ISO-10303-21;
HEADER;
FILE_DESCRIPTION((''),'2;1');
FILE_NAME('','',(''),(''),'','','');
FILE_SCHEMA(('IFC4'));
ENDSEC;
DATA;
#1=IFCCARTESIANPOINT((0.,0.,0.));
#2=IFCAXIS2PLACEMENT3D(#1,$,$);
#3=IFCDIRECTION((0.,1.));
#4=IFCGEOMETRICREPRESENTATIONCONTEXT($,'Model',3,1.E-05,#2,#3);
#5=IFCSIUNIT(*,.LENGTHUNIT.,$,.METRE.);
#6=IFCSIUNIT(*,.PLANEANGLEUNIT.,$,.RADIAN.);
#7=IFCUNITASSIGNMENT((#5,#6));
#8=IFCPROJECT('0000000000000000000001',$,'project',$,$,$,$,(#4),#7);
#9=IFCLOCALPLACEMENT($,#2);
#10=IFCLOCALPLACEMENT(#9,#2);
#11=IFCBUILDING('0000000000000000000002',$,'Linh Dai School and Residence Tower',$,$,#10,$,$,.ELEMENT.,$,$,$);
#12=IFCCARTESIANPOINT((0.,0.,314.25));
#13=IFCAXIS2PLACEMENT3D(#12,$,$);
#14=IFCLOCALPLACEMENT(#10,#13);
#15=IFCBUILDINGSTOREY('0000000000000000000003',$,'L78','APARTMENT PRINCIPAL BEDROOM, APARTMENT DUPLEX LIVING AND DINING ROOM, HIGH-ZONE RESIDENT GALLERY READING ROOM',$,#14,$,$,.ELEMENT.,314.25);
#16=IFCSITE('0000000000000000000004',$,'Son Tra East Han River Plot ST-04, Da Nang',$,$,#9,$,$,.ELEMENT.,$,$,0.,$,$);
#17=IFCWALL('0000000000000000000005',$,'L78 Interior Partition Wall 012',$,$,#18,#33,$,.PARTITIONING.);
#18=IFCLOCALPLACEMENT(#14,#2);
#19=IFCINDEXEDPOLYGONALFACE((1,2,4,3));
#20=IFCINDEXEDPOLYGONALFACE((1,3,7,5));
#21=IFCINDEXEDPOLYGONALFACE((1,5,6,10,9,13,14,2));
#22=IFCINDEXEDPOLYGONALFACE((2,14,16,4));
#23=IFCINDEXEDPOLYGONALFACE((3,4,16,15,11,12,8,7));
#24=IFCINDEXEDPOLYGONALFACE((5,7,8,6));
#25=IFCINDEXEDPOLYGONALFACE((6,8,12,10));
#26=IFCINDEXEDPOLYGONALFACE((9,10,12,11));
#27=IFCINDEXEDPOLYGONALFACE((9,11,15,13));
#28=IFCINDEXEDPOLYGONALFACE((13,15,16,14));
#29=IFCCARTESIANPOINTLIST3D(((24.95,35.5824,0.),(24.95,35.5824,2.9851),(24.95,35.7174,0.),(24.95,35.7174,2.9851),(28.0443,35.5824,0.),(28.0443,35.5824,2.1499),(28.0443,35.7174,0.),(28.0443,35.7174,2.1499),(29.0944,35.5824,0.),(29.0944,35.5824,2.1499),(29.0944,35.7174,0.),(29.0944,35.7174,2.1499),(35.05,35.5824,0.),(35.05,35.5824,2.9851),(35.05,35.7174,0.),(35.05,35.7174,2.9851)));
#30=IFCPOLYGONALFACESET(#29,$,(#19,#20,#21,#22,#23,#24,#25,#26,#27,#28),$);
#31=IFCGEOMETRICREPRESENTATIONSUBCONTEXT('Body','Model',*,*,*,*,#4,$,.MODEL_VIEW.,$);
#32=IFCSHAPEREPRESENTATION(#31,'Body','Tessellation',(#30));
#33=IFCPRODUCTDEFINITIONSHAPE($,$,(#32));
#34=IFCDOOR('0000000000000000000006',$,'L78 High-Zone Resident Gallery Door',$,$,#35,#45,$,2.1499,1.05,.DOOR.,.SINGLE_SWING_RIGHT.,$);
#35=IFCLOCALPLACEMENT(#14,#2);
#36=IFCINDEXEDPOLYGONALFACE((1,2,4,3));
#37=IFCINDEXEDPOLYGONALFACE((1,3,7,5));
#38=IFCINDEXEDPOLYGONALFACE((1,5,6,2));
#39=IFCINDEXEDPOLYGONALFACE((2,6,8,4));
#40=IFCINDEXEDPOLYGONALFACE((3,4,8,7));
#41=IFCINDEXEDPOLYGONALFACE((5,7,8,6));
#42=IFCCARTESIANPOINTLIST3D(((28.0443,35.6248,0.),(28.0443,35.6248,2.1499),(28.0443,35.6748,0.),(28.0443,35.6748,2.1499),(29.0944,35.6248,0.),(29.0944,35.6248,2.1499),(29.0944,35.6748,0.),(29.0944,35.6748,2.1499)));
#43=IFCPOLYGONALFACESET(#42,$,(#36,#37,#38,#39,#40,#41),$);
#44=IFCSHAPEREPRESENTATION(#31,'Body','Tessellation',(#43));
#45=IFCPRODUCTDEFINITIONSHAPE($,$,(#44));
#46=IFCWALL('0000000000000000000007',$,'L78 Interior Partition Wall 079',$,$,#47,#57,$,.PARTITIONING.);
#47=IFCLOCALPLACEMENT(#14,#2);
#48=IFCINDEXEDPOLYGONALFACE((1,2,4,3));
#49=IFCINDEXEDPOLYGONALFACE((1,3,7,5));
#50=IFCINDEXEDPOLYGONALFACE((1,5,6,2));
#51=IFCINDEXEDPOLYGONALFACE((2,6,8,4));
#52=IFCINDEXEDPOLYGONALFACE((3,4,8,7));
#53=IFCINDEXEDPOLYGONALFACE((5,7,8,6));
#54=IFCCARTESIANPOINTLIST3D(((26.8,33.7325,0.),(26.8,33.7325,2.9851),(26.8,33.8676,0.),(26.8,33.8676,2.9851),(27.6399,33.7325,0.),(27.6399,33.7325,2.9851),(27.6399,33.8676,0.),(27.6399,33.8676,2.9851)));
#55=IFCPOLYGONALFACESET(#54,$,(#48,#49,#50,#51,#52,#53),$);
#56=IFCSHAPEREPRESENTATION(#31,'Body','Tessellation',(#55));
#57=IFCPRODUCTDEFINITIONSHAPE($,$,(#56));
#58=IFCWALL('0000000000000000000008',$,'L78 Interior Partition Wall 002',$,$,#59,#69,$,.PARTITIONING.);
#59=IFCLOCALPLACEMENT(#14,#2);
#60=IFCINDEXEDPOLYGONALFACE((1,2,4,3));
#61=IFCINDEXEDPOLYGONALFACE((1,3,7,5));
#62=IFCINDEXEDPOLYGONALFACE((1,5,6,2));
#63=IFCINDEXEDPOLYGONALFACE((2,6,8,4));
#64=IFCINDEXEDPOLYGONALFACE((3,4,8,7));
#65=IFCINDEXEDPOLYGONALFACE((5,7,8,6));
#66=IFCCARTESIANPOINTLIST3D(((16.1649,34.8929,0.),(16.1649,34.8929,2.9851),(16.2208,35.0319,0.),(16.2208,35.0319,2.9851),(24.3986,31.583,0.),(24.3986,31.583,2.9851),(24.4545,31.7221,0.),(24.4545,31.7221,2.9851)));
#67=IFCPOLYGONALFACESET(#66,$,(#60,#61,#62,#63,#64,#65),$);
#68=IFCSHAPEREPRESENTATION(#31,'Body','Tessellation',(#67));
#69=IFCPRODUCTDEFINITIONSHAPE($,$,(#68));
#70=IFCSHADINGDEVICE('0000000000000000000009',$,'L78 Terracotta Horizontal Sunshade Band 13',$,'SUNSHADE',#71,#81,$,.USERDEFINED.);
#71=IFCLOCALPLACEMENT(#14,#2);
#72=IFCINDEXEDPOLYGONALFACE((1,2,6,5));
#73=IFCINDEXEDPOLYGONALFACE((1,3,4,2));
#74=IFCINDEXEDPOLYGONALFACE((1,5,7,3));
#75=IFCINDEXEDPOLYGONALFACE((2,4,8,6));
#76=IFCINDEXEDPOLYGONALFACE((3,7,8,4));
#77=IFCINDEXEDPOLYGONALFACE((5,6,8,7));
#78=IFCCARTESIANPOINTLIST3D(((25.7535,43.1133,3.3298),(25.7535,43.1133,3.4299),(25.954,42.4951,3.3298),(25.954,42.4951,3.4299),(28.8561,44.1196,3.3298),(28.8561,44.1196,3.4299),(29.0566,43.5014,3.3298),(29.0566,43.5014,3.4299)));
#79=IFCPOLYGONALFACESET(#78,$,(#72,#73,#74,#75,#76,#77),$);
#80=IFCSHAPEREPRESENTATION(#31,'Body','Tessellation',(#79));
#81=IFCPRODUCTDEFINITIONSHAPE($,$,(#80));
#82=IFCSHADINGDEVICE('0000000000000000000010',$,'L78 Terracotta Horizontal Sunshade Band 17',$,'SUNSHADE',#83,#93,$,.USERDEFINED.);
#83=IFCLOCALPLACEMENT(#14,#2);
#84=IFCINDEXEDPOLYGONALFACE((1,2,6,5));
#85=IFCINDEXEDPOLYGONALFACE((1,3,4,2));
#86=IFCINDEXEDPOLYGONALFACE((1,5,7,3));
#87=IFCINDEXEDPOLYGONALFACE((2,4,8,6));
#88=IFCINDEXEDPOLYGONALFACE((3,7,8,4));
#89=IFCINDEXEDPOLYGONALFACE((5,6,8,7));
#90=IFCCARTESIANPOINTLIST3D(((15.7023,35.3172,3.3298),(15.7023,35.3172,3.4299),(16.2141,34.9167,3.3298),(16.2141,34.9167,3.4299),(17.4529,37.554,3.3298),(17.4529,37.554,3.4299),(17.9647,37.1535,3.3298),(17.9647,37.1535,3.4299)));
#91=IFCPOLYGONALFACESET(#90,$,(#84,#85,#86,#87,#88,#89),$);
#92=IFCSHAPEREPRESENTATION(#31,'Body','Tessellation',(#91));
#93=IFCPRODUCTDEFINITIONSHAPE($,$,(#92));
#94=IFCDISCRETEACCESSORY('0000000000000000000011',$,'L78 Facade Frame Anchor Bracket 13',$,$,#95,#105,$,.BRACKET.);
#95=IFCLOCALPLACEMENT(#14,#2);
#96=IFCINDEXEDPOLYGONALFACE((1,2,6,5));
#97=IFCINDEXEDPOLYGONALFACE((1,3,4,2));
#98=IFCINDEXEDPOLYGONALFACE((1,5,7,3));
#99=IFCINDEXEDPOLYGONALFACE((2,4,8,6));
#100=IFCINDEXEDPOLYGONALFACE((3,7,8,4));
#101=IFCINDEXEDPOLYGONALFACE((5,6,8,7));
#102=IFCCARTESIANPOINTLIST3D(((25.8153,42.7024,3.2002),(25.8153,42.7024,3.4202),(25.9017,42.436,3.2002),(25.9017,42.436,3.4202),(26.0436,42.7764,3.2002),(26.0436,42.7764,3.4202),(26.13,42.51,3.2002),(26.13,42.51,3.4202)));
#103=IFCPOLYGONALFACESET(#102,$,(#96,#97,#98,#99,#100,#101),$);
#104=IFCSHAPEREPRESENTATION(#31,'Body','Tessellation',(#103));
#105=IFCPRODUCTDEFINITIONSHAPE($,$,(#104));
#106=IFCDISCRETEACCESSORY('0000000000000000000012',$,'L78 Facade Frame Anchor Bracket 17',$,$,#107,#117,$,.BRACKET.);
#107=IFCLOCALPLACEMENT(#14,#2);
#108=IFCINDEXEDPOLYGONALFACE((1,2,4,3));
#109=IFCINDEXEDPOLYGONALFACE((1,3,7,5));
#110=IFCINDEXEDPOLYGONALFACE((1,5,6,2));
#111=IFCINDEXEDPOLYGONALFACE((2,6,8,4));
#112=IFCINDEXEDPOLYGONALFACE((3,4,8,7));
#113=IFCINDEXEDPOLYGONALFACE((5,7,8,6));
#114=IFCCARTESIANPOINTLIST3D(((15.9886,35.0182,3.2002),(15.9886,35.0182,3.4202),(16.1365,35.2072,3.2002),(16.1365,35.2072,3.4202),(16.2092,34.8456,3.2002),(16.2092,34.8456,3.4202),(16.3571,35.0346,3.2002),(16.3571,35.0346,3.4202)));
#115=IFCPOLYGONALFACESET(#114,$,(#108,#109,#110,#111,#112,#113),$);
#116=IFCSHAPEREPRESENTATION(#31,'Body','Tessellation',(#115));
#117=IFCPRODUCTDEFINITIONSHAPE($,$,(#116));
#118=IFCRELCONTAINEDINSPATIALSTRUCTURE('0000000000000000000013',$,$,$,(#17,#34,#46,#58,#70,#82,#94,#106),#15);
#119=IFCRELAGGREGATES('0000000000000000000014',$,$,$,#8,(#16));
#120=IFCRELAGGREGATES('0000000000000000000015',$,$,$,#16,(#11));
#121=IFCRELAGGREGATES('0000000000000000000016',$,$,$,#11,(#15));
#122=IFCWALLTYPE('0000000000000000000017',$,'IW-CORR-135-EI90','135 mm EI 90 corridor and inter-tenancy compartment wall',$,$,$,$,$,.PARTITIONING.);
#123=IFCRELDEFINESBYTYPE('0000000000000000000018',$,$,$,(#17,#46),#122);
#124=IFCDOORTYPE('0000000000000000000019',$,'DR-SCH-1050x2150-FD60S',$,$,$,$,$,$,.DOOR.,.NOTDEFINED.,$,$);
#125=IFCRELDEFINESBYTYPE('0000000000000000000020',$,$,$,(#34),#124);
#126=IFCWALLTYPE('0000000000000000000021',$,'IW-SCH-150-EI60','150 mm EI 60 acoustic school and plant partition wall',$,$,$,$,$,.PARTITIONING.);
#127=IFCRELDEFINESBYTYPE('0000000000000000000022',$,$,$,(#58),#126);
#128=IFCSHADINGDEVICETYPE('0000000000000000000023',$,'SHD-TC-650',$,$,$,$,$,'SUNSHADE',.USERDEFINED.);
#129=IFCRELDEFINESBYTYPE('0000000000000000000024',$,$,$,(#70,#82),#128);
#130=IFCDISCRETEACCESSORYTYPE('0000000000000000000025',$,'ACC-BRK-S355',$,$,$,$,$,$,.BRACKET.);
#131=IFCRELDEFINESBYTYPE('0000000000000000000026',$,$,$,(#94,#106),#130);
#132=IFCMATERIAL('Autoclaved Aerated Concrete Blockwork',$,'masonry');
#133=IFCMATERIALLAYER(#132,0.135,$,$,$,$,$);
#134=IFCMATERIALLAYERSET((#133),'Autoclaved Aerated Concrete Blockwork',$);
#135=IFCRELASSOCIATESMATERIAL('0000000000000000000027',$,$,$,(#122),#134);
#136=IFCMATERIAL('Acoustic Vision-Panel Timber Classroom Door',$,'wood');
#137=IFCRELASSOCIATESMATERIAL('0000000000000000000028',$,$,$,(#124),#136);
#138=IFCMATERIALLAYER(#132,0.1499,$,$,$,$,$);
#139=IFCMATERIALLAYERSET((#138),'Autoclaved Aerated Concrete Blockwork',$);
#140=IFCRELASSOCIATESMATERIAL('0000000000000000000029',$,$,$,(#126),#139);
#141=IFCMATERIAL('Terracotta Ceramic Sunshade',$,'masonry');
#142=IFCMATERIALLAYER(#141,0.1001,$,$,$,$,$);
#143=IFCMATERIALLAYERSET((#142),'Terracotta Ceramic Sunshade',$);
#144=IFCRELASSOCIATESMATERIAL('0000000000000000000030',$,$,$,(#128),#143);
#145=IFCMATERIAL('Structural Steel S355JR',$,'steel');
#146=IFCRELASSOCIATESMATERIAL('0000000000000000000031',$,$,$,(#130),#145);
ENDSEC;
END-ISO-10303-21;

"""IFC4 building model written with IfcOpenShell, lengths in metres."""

from ifc_helpers import new_model, si_unit, direction, frame, frame_2d, origin, origin_2d, place, context, subcontext, project, spatial, rectangle, extrude, source, transform, mapped, material, layer, layer_set, type_object, element, fill, save


model = new_model("IFC4")

# Units and contexts
model_context = context("Model", 3, precision=1e-05, world=origin(), true_north=direction((0.0, 1.0)))
body_context = subcontext(model_context, "Body", "Model", "MODEL_VIEW")
ifc_project = project(units=[si_unit("LENGTHUNIT", "METRE"), si_unit("PLANEANGLEUNIT", "RADIAN")], contexts=[model_context])

# Site, building, storey
site_placement = place(None, origin())
site = spatial("IfcSite", under=ifc_project, at=site_placement, Name="Son Tra East Han River Plot ST-04, Da Nang", CompositionType="ELEMENT", RefElevation=0.0)
building_placement = place(site_placement, origin())
building = spatial("IfcBuilding", under=site, at=building_placement, Name="Linh Dai School and Residence Tower", CompositionType="ELEMENT")
storey_placement = place(building_placement, frame((0.0, 0.0, 314.25)))
storey = spatial("IfcBuildingStorey", under=building, at=storey_placement, Name="L78", Description="APARTMENT PRINCIPAL BEDROOM, APARTMENT DUPLEX LIVING AND DINING ROOM, HIGH-ZONE RESIDENT GALLERY READING ROOM", CompositionType="ELEMENT", Elevation=314.25)

# Shared definitions
ifc_material_1 = material(Name="Structural Steel S355JR", Category="steel")

# Wall, opening, door
ifc_material_2 = material(Name="Autoclaved Aerated Concrete Blockwork", Category="masonry")
ifc_layer_1 = layer(ifc_material_2, 0.135)
ifc_layer_set_1 = layer_set([ifc_layer_1], Name="Autoclaved Aerated Concrete Blockwork")
wall_type_1 = type_object("IfcWallType", Name="IW-CORR-135-EI90", Description="135 mm EI 90 corridor and inter-tenancy compartment wall", PredefinedType="PARTITIONING", material=ifc_layer_set_1)
wall_1_placement = place(storey_placement, frame((24.95, 35.6499, 0.0), z_axis=(0.0, 0.0, 1.0), x_axis=(1.0, 0.0, 0.0)))
wall_1 = element("IfcWall", 1, at=wall_1_placement, inside=storey, type_object=wall_type_1, Name="L78 Interior Partition Wall 012", PredefinedType="PARTITIONING", context=body_context, shape_type="SweptSolid", body=[
    extrude(rectangle(XDim=10.1001, YDim=0.135, at=frame_2d((5.05, 0.0))), origin(), (0.0, 0.0, 1.0), 2.9851),
])
opening_1_placement = place(wall_1_placement, frame((3.0945, 0.0, 0.0)))
opening_1 = element("IfcOpeningElement", 2, at=opening_1_placement, cuts=wall_1, PredefinedType="OPENING", context=body_context, shape_type="SweptSolid", body=[
    extrude(rectangle(XDim=1.05, YDim=2.1499, at=origin_2d()), frame((0.5249, 0.0776, 1.075), z_axis=(0.0, -1.0, 0.0), x_axis=(1.0, 0.0, 0.0)), (0.0, 0.0, 1.0), 0.155),
])
ifc_material_3 = material(Name="Acoustic Vision-Panel Timber Classroom Door", Category="wood")
door_type = type_object("IfcDoorType", Name="DR-SCH-1050x2150-FD60S", OperationType="NOTDEFINED", PredefinedType="DOOR", material=ifc_material_3)
shared_shape_1 = source(origin(), body_context, "Body", "SweptSolid", [
    extrude(rectangle(XDim=1.05, YDim=2.1499, at=origin_2d()), frame((0.5249, 0.0249, 1.075), z_axis=(0.0, -1.0, 0.0), x_axis=(1.0, 0.0, 0.0)), (0.0, 0.0, 1.0), 0.05),
])
door_placement = place(opening_1_placement, origin())
door = element("IfcDoor", 3, at=door_placement, inside=storey, type_object=door_type, Name="L78 High-Zone Resident Gallery Door", OperationType="SINGLE_SWING_RIGHT", OverallHeight=2.1499, OverallWidth=1.05, PredefinedType="DOOR", context=body_context, shape_type="MappedRepresentation", body=[
    mapped(shared_shape_1, transform((0.0, 0.0, 0.0), x_axis=(1.0, 0.0, 0.0), y_axis=(0.0, 1.0, 0.0), z_axis=(0.0, 0.0, 1.0), scale=1.0)),
])
fill(opening_1, door)

# Walls
wall_2_placement = place(storey_placement, frame((27.6399, 33.8, 0.0), z_axis=(0.0, 0.0, 1.0), x_axis=(-1.0, 0.0, 0.0)))
element("IfcWall", 4, at=wall_2_placement, inside=storey, type_object=wall_type_1, Name="L78 Interior Partition Wall 079", PredefinedType="PARTITIONING", context=body_context, shape_type="SweptSolid", body=[
    extrude(rectangle(XDim=0.8398, YDim=0.135, at=frame_2d((0.4199, 0.0))), origin(), (0.0, 0.0, 1.0), 2.9851),
])
ifc_layer_2 = layer(ifc_material_2, 0.1499)
ifc_layer_set_2 = layer_set([ifc_layer_2], Name="Autoclaved Aerated Concrete Blockwork")
wall_type_2 = type_object("IfcWallType", Name="IW-SCH-150-EI60", Description="150 mm EI 60 acoustic school and plant partition wall", PredefinedType="PARTITIONING", material=ifc_layer_set_2)
wall_3_placement = place(storey_placement, frame((16.1929, 34.9624, 0.0), z_axis=(0.0, 0.0, 1.0), x_axis=(0.92784, -0.372979, 0.0)))
element("IfcWall", 5, at=wall_3_placement, inside=storey, type_object=wall_type_2, Name="L78 Interior Partition Wall 002", PredefinedType="PARTITIONING", context=body_context, shape_type="SweptSolid", body=[
    extrude(rectangle(XDim=8.874, YDim=0.1499, at=frame_2d((4.437, 0.0))), origin(), (0.0, 0.0, 1.0), 2.9851),
])

# Shading devices
ifc_material_4 = material(Name="Terracotta Ceramic Sunshade", Category="masonry")
ifc_layer_3 = layer(ifc_material_4, 0.1001)
ifc_layer_set_3 = layer_set([ifc_layer_3], Name="Terracotta Ceramic Sunshade")
shading_device_type = type_object("IfcShadingDeviceType", Name="SHD-TC-650", ElementType="SUNSHADE", PredefinedType="USERDEFINED", material=ifc_layer_set_3)
shared_shape_2 = source(origin(), body_context, "Body", "SweptSolid", [
    extrude(rectangle(XDim=3.2617, YDim=0.6499, at=origin_2d()), origin(), (0.0, 0.0, 1.0), 0.1001),
])
shading_device_1_placement = place(storey_placement, frame((27.405, 43.3074, 3.3298), z_axis=(0.0, 0.0, 1.0), x_axis=(0.951218, 0.308519, 0.0)))
element("IfcShadingDevice", 6, at=shading_device_1_placement, inside=storey, type_object=shading_device_type, Name="L78 Terracotta Horizontal Sunshade Band 13", ObjectType="SUNSHADE", PredefinedType="USERDEFINED", context=body_context, shape_type="MappedRepresentation", body=[
    mapped(shared_shape_2, transform((0.0, 0.0, 0.0), x_axis=(1.0, 0.0, 0.0), y_axis=(0.0, 1.0, 0.0), z_axis=(0.0, 0.0, 1.0), scale=1.0)),
])
shared_shape_3 = source(origin(), body_context, "Body", "SweptSolid", [
    extrude(rectangle(XDim=2.8403, YDim=0.6499, at=origin_2d()), origin(), (0.0, 0.0, 1.0), 0.1001),
])
shading_device_2_placement = place(storey_placement, frame((16.8335, 36.2354, 3.3298), z_axis=(0.0, 0.0, 1.0), x_axis=(0.616311, 0.787503, 0.0)))
element("IfcShadingDevice", 7, at=shading_device_2_placement, inside=storey, type_object=shading_device_type, Name="L78 Terracotta Horizontal Sunshade Band 17", ObjectType="SUNSHADE", PredefinedType="USERDEFINED", context=body_context, shape_type="MappedRepresentation", body=[
    mapped(shared_shape_3, transform((0.0, 0.0, 0.0), x_axis=(1.0, 0.0, 0.0), y_axis=(0.0, 1.0, 0.0), z_axis=(0.0, 0.0, 1.0), scale=1.0)),
])

# Discrete accessories
discrete_accessory_type = type_object("IfcDiscreteAccessoryType", Name="ACC-BRK-S355", PredefinedType="BRACKET", material=ifc_material_1)
shared_shape_4 = source(origin(), body_context, "Body", "SweptSolid", [
    extrude(rectangle(XDim=0.28, YDim=0.24, at=origin_2d()), origin(), (0.0, 0.0, 1.0), 0.22),
])
for number, where, z_axis, x_axis, name in (
    (8, (25.9727, 42.6062, 3.2002), (0.0, 0.0, 1.0), (-0.308519, 0.951218, 0.0), "L78 Facade Frame Anchor Bracket 13"),
    (9, (16.1729, 35.0264, 3.2002), (0.0, 0.0, 1.0), (-0.787503, 0.616311, 0.0), "L78 Facade Frame Anchor Bracket 17"),
):
    element("IfcDiscreteAccessory", number, at=place(storey_placement, frame(where, z_axis=z_axis, x_axis=x_axis)), inside=storey, type_object=discrete_accessory_type, Name=name, PredefinedType="BRACKET", context=body_context, shape_type="MappedRepresentation", body=[
        mapped(shared_shape_4, transform((0.0, 0.0, 0.0), x_axis=(1.0, 0.0, 0.0), y_axis=(0.0, 1.0, 0.0), z_axis=(0.0, 0.0, 1.0), scale=1.0)),
    ])

save(model, "model.ifc")
